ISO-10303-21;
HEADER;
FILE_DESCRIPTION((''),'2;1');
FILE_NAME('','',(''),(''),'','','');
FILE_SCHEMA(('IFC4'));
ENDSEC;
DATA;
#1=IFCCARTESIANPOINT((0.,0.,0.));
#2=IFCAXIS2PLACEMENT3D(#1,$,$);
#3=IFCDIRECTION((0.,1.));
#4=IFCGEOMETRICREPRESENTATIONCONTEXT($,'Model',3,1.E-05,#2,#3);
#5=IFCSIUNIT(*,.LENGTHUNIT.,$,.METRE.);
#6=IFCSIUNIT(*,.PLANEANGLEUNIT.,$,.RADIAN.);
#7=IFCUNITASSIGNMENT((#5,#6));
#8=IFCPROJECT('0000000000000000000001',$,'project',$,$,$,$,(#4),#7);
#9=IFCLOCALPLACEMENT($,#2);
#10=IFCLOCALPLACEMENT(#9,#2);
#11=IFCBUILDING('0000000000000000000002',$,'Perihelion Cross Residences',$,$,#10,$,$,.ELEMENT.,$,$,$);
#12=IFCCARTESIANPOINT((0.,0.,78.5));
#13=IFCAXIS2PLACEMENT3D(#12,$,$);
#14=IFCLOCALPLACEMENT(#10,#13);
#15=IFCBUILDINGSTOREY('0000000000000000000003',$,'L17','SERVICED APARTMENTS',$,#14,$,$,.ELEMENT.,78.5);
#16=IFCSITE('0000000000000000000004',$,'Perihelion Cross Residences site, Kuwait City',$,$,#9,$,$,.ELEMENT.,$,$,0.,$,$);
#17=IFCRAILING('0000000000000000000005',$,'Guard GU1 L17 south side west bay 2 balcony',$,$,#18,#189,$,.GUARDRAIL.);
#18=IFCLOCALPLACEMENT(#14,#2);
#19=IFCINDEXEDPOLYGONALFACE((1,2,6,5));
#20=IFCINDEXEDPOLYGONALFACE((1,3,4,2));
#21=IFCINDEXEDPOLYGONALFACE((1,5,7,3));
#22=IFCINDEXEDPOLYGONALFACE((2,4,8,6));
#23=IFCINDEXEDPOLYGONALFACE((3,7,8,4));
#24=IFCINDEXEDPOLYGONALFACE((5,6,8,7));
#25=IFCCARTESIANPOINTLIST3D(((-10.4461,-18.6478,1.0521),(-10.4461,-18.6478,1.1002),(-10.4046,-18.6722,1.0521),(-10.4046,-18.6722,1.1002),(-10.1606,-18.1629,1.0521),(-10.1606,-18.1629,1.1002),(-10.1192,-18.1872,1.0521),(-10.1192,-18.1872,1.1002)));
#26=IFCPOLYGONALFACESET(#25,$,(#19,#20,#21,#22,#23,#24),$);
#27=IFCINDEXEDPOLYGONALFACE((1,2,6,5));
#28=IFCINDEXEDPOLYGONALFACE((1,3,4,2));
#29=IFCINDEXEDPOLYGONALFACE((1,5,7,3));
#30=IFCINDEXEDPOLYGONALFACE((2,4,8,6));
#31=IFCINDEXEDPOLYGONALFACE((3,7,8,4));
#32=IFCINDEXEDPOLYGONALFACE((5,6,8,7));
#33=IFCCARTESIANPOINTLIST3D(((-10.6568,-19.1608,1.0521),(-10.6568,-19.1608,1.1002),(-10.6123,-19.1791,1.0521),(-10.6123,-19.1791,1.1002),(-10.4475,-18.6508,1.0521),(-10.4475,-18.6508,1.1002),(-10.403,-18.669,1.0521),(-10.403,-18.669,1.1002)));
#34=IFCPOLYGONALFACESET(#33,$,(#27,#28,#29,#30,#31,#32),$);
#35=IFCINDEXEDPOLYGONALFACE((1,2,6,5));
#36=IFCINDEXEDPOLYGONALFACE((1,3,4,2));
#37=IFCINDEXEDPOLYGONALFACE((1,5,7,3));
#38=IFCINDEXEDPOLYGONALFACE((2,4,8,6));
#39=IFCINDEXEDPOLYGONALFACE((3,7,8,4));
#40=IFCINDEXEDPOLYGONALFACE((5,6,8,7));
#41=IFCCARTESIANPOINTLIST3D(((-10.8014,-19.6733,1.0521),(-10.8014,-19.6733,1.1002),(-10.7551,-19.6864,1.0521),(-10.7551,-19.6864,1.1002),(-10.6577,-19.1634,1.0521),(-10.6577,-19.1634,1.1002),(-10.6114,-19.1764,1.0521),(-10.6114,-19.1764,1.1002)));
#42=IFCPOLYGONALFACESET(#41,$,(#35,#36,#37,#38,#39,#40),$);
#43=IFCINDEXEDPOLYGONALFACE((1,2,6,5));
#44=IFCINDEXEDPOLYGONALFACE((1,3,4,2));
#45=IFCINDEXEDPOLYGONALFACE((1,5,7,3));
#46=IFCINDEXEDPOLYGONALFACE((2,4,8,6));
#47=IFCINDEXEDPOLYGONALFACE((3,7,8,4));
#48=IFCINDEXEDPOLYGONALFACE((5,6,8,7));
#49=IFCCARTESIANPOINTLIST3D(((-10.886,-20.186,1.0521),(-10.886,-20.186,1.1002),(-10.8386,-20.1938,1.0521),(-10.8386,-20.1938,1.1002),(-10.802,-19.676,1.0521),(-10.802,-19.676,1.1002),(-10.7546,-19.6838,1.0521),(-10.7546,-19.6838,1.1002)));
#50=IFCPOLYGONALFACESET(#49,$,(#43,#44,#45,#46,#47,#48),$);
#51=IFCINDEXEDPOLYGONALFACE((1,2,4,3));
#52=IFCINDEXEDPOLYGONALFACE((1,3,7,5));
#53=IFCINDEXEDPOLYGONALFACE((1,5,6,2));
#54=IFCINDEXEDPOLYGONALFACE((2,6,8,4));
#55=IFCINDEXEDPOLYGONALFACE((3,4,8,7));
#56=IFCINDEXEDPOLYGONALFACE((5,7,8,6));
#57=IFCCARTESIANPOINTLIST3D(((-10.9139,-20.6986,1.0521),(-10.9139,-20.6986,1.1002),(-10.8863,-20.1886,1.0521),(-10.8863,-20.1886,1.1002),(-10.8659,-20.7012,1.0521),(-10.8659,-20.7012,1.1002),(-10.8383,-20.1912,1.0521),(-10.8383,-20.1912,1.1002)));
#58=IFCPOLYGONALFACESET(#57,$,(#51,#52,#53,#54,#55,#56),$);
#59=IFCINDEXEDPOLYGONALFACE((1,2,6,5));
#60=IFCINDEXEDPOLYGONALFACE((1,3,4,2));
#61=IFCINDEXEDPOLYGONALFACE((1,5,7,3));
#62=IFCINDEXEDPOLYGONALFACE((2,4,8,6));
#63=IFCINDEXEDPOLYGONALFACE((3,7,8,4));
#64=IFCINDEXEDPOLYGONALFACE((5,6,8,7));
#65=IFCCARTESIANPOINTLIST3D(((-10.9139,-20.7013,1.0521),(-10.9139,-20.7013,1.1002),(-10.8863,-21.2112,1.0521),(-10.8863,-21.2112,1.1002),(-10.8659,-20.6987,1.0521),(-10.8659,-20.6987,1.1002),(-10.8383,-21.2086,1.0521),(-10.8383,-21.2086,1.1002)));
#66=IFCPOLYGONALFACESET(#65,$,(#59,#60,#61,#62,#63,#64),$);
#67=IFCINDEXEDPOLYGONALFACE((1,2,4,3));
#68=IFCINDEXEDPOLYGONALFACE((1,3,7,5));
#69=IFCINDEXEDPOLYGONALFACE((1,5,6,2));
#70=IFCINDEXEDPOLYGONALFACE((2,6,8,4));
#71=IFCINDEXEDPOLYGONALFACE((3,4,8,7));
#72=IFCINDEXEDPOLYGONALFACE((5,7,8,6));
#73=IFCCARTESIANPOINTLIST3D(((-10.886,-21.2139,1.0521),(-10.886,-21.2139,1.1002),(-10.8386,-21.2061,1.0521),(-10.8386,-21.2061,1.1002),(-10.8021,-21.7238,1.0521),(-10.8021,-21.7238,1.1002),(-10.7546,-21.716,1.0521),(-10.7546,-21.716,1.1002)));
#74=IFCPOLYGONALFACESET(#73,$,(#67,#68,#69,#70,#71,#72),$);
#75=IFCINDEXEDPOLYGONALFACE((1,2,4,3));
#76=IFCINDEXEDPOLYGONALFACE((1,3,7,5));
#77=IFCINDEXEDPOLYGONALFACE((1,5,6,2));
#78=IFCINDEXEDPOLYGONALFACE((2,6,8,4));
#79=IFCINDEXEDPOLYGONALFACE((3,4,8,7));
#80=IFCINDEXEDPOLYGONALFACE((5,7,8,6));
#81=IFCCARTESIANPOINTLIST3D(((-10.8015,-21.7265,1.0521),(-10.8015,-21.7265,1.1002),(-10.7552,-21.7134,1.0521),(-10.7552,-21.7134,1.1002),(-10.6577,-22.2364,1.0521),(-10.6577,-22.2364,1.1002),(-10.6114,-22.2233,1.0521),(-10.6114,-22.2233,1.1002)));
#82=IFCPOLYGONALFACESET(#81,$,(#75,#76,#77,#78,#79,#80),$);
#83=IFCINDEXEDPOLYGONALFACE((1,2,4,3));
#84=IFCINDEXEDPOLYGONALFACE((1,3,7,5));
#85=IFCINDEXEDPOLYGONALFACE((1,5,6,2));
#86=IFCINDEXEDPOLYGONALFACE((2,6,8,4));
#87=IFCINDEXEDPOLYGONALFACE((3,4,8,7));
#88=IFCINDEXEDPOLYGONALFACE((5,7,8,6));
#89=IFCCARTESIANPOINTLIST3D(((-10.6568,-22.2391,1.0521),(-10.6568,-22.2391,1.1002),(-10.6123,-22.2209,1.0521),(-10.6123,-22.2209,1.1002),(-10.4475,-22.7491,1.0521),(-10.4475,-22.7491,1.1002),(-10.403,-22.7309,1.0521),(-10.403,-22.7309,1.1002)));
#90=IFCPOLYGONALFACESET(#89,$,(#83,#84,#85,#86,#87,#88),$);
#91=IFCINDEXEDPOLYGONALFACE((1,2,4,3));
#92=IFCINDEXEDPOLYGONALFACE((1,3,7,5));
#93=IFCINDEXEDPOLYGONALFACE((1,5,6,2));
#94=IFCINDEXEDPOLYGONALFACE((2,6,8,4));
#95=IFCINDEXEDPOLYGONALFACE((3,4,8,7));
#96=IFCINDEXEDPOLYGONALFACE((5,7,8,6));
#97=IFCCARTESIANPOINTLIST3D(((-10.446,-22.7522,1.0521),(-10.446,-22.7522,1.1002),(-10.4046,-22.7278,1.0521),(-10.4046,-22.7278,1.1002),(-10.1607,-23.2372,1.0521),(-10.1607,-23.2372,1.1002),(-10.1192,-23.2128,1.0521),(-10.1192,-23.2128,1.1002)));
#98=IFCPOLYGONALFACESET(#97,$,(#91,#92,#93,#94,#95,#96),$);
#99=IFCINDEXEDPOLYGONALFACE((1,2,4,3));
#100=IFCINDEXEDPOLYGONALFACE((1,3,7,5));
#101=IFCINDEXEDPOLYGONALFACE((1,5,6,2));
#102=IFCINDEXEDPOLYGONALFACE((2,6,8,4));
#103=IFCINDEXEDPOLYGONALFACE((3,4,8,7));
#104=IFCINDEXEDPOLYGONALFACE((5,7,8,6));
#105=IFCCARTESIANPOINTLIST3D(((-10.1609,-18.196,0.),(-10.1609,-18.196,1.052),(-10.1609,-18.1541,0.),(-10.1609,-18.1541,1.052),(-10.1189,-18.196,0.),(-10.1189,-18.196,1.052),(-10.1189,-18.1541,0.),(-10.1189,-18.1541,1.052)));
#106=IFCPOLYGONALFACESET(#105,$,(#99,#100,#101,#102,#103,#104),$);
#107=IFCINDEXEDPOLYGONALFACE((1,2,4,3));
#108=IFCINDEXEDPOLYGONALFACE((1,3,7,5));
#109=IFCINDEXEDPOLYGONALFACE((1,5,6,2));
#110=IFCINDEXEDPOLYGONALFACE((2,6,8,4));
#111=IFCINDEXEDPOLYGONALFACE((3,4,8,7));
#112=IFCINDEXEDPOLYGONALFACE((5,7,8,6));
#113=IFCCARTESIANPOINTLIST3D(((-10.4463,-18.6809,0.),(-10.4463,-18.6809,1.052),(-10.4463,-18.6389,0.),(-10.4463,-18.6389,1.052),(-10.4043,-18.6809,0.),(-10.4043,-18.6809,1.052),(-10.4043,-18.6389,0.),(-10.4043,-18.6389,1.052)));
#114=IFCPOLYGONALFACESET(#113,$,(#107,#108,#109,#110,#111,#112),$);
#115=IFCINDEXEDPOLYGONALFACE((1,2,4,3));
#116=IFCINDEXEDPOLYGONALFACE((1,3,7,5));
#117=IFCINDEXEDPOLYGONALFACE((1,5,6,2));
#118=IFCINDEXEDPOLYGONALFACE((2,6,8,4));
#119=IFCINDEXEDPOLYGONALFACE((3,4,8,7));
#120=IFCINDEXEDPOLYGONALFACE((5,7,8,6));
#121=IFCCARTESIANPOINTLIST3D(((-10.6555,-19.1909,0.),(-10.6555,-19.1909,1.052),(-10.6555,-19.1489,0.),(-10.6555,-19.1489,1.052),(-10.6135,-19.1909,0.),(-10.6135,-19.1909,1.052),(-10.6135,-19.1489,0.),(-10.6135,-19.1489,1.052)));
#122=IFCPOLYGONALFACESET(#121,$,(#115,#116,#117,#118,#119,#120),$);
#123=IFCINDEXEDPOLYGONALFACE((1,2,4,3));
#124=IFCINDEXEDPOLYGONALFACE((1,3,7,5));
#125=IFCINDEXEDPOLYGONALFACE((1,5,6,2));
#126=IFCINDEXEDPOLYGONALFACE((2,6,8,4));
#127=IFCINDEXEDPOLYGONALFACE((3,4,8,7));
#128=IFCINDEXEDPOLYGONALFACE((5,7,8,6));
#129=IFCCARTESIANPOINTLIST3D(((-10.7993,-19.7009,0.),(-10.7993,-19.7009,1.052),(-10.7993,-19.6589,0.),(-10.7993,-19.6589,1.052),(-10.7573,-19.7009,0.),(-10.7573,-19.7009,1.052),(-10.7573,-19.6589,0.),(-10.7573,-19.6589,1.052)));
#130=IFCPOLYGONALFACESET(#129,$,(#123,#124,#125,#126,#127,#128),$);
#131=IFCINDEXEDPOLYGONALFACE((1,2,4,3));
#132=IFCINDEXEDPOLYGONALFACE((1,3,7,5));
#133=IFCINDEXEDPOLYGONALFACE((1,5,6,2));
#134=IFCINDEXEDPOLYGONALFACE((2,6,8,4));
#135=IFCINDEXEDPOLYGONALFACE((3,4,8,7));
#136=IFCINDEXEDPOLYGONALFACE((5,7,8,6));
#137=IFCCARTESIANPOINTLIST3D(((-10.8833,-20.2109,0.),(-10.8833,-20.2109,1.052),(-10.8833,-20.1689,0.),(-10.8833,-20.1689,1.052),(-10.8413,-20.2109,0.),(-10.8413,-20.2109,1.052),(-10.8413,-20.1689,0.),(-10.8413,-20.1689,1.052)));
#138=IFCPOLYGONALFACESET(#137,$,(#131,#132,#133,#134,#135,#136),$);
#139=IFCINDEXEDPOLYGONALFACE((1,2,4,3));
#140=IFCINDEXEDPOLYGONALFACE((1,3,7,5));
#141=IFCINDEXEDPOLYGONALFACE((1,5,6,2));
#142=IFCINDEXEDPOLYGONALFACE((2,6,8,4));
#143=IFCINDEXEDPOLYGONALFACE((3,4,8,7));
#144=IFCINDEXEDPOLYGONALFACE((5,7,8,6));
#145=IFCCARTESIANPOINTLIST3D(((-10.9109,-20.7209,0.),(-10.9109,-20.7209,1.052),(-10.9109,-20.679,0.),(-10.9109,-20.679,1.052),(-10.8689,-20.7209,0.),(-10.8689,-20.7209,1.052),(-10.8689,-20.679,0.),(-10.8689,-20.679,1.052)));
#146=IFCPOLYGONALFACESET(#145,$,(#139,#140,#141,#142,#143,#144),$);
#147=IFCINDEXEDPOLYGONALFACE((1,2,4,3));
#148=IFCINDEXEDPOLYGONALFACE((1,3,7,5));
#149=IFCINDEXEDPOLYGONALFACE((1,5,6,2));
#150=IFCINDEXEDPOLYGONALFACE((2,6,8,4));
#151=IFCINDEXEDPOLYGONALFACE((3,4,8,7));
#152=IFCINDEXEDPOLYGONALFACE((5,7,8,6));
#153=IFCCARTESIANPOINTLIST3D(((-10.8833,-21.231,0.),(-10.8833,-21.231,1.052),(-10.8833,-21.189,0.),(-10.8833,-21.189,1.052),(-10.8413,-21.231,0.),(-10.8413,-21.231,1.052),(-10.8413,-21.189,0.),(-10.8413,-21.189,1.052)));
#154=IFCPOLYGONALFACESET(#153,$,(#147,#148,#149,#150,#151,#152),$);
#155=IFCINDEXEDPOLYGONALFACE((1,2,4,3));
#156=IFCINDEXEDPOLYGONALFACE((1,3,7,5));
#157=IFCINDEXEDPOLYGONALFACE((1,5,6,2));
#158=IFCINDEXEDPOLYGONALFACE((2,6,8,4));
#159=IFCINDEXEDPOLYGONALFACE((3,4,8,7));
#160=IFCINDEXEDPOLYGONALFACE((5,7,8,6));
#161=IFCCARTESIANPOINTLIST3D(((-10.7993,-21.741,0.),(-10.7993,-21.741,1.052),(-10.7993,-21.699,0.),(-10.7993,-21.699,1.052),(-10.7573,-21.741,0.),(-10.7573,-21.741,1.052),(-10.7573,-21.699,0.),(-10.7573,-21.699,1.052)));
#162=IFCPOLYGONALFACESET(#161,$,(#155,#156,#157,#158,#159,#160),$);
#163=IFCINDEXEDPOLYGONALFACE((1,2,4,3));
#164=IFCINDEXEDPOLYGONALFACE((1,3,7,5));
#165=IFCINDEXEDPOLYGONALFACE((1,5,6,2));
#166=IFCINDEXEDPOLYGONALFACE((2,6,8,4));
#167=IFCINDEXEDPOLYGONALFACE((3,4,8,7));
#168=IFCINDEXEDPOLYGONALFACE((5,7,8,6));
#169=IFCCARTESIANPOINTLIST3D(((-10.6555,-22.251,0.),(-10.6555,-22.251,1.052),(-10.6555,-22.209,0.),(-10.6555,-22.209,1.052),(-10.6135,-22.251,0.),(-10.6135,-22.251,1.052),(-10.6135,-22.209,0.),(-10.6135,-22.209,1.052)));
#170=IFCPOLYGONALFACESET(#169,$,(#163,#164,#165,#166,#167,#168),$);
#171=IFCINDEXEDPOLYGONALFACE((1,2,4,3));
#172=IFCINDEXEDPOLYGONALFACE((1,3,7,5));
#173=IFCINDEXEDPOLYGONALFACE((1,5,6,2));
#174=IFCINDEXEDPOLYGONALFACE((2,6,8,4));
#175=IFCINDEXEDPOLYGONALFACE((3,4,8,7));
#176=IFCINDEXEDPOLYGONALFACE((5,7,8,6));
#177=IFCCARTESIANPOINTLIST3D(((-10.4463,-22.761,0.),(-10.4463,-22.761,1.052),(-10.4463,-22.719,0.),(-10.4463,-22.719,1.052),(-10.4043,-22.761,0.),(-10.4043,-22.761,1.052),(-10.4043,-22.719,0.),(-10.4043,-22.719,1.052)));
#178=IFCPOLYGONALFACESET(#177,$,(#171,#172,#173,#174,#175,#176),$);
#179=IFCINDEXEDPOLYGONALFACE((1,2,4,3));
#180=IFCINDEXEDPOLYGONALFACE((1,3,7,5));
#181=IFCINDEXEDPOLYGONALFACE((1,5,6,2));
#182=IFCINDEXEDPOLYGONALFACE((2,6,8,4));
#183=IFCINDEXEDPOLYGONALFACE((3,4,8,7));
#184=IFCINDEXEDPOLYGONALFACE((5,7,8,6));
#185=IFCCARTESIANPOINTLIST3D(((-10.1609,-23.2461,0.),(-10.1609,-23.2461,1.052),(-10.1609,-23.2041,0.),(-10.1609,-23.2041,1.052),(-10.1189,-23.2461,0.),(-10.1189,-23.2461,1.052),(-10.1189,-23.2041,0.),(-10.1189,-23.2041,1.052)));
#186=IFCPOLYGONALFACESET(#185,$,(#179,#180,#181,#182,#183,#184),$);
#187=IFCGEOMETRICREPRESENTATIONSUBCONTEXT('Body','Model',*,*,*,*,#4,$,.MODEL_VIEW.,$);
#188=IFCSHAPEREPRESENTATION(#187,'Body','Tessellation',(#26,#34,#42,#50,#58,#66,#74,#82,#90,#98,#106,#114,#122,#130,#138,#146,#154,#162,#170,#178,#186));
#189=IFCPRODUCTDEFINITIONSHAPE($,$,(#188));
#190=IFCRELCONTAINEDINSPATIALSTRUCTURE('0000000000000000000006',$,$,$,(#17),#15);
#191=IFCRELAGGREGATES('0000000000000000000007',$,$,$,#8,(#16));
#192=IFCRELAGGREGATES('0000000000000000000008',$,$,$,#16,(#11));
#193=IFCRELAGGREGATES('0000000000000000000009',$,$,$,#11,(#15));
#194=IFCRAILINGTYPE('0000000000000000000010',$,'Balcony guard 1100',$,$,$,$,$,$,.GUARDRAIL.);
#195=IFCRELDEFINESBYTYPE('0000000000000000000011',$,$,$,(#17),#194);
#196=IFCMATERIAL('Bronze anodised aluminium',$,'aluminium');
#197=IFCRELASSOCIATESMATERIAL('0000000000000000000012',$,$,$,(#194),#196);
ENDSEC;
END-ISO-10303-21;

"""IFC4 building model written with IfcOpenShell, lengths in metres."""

from ifc_helpers import new_model, si_unit, direction, frame, origin, origin_2d, place, context, subcontext, project, spatial, rectangle, extrude, material, type_object, element, save


model = new_model("IFC4")

# Units and contexts
model_context = context("Model", 3, precision=1e-05, world=origin(), true_north=direction((0.0, 1.0)))
body_context = subcontext(model_context, "Body", "Model", "MODEL_VIEW")
ifc_project = project(units=[si_unit("LENGTHUNIT", "METRE"), si_unit("PLANEANGLEUNIT", "RADIAN")], contexts=[model_context])

# Site, building, storey
site_placement = place(None, origin())
site = spatial("IfcSite", under=ifc_project, at=site_placement, Name="Perihelion Cross Residences site, Kuwait City", CompositionType="ELEMENT", RefElevation=0.0)
building_placement = place(site_placement, origin())
building = spatial("IfcBuilding", under=site, at=building_placement, Name="Perihelion Cross Residences", CompositionType="ELEMENT")
storey_placement = place(building_placement, frame((0.0, 0.0, 78.5)))
storey = spatial("IfcBuildingStorey", under=building, at=storey_placement, Name="L17", Description="SERVICED APARTMENTS", CompositionType="ELEMENT", Elevation=78.5)

# Railing
ifc_material_1 = material(Name="Bronze anodised aluminium", Category="aluminium")
railing_type = type_object("IfcRailingType", Name="Balcony guard 1100", PredefinedType="GUARDRAIL", material=ifc_material_1)
railing_1_placement = place(storey_placement, frame((-10.1399, -18.175, 0.0)))
element("IfcRailing", 1, at=railing_1_placement, inside=storey, type_object=railing_type, Name="Guard GU1 L17 south side west bay 2 balcony", PredefinedType="GUARDRAIL", context=body_context, shape_type="SweptSolid", body=[
    extrude(rectangle(XDim=0.0481, YDim=0.0481, at=origin_2d()), frame((0.0, 0.0, 1.0762), z_axis=(-0.507267, -0.861789, 0.0), x_axis=(0.861789, -0.507267, 0.0)), (0.0, 0.0, 1.0), 0.5627),
    extrude(rectangle(XDim=0.0481, YDim=0.0481, at=origin_2d()), frame((-0.2854, -0.4849, 1.0762), z_axis=(-0.379547, -0.925173, 0.0), x_axis=(0.925173, -0.379547, 0.0)), (0.0, 0.0, 1.0), 0.5513),
    extrude(rectangle(XDim=0.0481, YDim=0.0481, at=origin_2d()), frame((-0.4946, -0.9949, 1.0762), z_axis=(-0.271373, -0.962474, 0.0), x_axis=(0.962474, -0.271373, 0.0)), (0.0, 0.0, 1.0), 0.5298),
    extrude(rectangle(XDim=0.0481, YDim=0.0481, at=origin_2d()), frame((-0.6384, -1.5049, 1.0762), z_axis=(-0.162484, -0.986711, 0.0), x_axis=(0.986711, -0.162484, 0.0)), (0.0, 0.0, 1.0), 0.5168),
    extrude(rectangle(XDim=0.0481, YDim=0.0481, at=origin_2d()), frame((-0.7224, -2.0149, 1.0762), z_axis=(-0.054014, -0.99854, 0.0), x_axis=(0.99854, -0.054014, 0.0)), (0.0, 0.0, 1.0), 0.5107),
    extrude(rectangle(XDim=0.0481, YDim=0.0481, at=origin_2d()), frame((-0.75, -2.5249, 1.0762), z_axis=(0.054014, -0.99854, 0.0), x_axis=(0.99854, 0.054014, 0.0)), (0.0, 0.0, 1.0), 0.5107),
    extrude(rectangle(XDim=0.0481, YDim=0.0481, at=origin_2d()), frame((-0.7224, -3.0349, 1.0762), z_axis=(0.162484, -0.986711, 0.0), x_axis=(0.986711, 0.162484, 0.0)), (0.0, 0.0, 1.0), 0.5168),
    extrude(rectangle(XDim=0.0481, YDim=0.0481, at=origin_2d()), frame((-0.6384, -3.5449, 1.0762), z_axis=(0.271373, -0.962474, 0.0), x_axis=(0.962474, 0.271373, 0.0)), (0.0, 0.0, 1.0), 0.5298),
    extrude(rectangle(XDim=0.0481, YDim=0.0481, at=origin_2d()), frame((-0.4946, -4.0549, 1.0762), z_axis=(0.379547, -0.925173, 0.0), x_axis=(0.925173, 0.379547, 0.0)), (0.0, 0.0, 1.0), 0.5513),
    extrude(rectangle(XDim=0.0481, YDim=0.0481, at=origin_2d()), frame((-0.2854, -4.5649, 1.0762), z_axis=(0.507077, -0.861901, 0.0), x_axis=(0.861901, 0.507077, 0.0)), (0.0, 0.0, 1.0), 0.5627),
    extrude(rectangle(XDim=0.042, YDim=0.042, at=origin_2d()), origin(), (0.0, 0.0, 1.0), 1.052),
    extrude(rectangle(XDim=0.042, YDim=0.042, at=origin_2d()), frame((-0.2854, -0.4849, 0.0)), (0.0, 0.0, 1.0), 1.052),
    extrude(rectangle(XDim=0.042, YDim=0.042, at=origin_2d()), frame((-0.4946, -0.9949, 0.0)), (0.0, 0.0, 1.0), 1.052),
    extrude(rectangle(XDim=0.042, YDim=0.042, at=origin_2d()), frame((-0.6384, -1.5049, 0.0)), (0.0, 0.0, 1.0), 1.052),
    extrude(rectangle(XDim=0.042, YDim=0.042, at=origin_2d()), frame((-0.7224, -2.0149, 0.0)), (0.0, 0.0, 1.0), 1.052),
    extrude(rectangle(XDim=0.042, YDim=0.042, at=origin_2d()), frame((-0.75, -2.5249, 0.0)), (0.0, 0.0, 1.0), 1.052),
    extrude(rectangle(XDim=0.042, YDim=0.042, at=origin_2d()), frame((-0.7224, -3.0349, 0.0)), (0.0, 0.0, 1.0), 1.052),
    extrude(rectangle(XDim=0.042, YDim=0.042, at=origin_2d()), frame((-0.6384, -3.5449, 0.0)), (0.0, 0.0, 1.0), 1.052),
    extrude(rectangle(XDim=0.042, YDim=0.042, at=origin_2d()), frame((-0.4946, -4.0549, 0.0)), (0.0, 0.0, 1.0), 1.052),
    extrude(rectangle(XDim=0.042, YDim=0.042, at=origin_2d()), frame((-0.2854, -4.5649, 0.0)), (0.0, 0.0, 1.0), 1.052),
    extrude(rectangle(XDim=0.042, YDim=0.042, at=origin_2d()), frame((0.0, -5.05, 0.0)), (0.0, 0.0, 1.0), 1.052),
])

save(model, "model.ifc")
